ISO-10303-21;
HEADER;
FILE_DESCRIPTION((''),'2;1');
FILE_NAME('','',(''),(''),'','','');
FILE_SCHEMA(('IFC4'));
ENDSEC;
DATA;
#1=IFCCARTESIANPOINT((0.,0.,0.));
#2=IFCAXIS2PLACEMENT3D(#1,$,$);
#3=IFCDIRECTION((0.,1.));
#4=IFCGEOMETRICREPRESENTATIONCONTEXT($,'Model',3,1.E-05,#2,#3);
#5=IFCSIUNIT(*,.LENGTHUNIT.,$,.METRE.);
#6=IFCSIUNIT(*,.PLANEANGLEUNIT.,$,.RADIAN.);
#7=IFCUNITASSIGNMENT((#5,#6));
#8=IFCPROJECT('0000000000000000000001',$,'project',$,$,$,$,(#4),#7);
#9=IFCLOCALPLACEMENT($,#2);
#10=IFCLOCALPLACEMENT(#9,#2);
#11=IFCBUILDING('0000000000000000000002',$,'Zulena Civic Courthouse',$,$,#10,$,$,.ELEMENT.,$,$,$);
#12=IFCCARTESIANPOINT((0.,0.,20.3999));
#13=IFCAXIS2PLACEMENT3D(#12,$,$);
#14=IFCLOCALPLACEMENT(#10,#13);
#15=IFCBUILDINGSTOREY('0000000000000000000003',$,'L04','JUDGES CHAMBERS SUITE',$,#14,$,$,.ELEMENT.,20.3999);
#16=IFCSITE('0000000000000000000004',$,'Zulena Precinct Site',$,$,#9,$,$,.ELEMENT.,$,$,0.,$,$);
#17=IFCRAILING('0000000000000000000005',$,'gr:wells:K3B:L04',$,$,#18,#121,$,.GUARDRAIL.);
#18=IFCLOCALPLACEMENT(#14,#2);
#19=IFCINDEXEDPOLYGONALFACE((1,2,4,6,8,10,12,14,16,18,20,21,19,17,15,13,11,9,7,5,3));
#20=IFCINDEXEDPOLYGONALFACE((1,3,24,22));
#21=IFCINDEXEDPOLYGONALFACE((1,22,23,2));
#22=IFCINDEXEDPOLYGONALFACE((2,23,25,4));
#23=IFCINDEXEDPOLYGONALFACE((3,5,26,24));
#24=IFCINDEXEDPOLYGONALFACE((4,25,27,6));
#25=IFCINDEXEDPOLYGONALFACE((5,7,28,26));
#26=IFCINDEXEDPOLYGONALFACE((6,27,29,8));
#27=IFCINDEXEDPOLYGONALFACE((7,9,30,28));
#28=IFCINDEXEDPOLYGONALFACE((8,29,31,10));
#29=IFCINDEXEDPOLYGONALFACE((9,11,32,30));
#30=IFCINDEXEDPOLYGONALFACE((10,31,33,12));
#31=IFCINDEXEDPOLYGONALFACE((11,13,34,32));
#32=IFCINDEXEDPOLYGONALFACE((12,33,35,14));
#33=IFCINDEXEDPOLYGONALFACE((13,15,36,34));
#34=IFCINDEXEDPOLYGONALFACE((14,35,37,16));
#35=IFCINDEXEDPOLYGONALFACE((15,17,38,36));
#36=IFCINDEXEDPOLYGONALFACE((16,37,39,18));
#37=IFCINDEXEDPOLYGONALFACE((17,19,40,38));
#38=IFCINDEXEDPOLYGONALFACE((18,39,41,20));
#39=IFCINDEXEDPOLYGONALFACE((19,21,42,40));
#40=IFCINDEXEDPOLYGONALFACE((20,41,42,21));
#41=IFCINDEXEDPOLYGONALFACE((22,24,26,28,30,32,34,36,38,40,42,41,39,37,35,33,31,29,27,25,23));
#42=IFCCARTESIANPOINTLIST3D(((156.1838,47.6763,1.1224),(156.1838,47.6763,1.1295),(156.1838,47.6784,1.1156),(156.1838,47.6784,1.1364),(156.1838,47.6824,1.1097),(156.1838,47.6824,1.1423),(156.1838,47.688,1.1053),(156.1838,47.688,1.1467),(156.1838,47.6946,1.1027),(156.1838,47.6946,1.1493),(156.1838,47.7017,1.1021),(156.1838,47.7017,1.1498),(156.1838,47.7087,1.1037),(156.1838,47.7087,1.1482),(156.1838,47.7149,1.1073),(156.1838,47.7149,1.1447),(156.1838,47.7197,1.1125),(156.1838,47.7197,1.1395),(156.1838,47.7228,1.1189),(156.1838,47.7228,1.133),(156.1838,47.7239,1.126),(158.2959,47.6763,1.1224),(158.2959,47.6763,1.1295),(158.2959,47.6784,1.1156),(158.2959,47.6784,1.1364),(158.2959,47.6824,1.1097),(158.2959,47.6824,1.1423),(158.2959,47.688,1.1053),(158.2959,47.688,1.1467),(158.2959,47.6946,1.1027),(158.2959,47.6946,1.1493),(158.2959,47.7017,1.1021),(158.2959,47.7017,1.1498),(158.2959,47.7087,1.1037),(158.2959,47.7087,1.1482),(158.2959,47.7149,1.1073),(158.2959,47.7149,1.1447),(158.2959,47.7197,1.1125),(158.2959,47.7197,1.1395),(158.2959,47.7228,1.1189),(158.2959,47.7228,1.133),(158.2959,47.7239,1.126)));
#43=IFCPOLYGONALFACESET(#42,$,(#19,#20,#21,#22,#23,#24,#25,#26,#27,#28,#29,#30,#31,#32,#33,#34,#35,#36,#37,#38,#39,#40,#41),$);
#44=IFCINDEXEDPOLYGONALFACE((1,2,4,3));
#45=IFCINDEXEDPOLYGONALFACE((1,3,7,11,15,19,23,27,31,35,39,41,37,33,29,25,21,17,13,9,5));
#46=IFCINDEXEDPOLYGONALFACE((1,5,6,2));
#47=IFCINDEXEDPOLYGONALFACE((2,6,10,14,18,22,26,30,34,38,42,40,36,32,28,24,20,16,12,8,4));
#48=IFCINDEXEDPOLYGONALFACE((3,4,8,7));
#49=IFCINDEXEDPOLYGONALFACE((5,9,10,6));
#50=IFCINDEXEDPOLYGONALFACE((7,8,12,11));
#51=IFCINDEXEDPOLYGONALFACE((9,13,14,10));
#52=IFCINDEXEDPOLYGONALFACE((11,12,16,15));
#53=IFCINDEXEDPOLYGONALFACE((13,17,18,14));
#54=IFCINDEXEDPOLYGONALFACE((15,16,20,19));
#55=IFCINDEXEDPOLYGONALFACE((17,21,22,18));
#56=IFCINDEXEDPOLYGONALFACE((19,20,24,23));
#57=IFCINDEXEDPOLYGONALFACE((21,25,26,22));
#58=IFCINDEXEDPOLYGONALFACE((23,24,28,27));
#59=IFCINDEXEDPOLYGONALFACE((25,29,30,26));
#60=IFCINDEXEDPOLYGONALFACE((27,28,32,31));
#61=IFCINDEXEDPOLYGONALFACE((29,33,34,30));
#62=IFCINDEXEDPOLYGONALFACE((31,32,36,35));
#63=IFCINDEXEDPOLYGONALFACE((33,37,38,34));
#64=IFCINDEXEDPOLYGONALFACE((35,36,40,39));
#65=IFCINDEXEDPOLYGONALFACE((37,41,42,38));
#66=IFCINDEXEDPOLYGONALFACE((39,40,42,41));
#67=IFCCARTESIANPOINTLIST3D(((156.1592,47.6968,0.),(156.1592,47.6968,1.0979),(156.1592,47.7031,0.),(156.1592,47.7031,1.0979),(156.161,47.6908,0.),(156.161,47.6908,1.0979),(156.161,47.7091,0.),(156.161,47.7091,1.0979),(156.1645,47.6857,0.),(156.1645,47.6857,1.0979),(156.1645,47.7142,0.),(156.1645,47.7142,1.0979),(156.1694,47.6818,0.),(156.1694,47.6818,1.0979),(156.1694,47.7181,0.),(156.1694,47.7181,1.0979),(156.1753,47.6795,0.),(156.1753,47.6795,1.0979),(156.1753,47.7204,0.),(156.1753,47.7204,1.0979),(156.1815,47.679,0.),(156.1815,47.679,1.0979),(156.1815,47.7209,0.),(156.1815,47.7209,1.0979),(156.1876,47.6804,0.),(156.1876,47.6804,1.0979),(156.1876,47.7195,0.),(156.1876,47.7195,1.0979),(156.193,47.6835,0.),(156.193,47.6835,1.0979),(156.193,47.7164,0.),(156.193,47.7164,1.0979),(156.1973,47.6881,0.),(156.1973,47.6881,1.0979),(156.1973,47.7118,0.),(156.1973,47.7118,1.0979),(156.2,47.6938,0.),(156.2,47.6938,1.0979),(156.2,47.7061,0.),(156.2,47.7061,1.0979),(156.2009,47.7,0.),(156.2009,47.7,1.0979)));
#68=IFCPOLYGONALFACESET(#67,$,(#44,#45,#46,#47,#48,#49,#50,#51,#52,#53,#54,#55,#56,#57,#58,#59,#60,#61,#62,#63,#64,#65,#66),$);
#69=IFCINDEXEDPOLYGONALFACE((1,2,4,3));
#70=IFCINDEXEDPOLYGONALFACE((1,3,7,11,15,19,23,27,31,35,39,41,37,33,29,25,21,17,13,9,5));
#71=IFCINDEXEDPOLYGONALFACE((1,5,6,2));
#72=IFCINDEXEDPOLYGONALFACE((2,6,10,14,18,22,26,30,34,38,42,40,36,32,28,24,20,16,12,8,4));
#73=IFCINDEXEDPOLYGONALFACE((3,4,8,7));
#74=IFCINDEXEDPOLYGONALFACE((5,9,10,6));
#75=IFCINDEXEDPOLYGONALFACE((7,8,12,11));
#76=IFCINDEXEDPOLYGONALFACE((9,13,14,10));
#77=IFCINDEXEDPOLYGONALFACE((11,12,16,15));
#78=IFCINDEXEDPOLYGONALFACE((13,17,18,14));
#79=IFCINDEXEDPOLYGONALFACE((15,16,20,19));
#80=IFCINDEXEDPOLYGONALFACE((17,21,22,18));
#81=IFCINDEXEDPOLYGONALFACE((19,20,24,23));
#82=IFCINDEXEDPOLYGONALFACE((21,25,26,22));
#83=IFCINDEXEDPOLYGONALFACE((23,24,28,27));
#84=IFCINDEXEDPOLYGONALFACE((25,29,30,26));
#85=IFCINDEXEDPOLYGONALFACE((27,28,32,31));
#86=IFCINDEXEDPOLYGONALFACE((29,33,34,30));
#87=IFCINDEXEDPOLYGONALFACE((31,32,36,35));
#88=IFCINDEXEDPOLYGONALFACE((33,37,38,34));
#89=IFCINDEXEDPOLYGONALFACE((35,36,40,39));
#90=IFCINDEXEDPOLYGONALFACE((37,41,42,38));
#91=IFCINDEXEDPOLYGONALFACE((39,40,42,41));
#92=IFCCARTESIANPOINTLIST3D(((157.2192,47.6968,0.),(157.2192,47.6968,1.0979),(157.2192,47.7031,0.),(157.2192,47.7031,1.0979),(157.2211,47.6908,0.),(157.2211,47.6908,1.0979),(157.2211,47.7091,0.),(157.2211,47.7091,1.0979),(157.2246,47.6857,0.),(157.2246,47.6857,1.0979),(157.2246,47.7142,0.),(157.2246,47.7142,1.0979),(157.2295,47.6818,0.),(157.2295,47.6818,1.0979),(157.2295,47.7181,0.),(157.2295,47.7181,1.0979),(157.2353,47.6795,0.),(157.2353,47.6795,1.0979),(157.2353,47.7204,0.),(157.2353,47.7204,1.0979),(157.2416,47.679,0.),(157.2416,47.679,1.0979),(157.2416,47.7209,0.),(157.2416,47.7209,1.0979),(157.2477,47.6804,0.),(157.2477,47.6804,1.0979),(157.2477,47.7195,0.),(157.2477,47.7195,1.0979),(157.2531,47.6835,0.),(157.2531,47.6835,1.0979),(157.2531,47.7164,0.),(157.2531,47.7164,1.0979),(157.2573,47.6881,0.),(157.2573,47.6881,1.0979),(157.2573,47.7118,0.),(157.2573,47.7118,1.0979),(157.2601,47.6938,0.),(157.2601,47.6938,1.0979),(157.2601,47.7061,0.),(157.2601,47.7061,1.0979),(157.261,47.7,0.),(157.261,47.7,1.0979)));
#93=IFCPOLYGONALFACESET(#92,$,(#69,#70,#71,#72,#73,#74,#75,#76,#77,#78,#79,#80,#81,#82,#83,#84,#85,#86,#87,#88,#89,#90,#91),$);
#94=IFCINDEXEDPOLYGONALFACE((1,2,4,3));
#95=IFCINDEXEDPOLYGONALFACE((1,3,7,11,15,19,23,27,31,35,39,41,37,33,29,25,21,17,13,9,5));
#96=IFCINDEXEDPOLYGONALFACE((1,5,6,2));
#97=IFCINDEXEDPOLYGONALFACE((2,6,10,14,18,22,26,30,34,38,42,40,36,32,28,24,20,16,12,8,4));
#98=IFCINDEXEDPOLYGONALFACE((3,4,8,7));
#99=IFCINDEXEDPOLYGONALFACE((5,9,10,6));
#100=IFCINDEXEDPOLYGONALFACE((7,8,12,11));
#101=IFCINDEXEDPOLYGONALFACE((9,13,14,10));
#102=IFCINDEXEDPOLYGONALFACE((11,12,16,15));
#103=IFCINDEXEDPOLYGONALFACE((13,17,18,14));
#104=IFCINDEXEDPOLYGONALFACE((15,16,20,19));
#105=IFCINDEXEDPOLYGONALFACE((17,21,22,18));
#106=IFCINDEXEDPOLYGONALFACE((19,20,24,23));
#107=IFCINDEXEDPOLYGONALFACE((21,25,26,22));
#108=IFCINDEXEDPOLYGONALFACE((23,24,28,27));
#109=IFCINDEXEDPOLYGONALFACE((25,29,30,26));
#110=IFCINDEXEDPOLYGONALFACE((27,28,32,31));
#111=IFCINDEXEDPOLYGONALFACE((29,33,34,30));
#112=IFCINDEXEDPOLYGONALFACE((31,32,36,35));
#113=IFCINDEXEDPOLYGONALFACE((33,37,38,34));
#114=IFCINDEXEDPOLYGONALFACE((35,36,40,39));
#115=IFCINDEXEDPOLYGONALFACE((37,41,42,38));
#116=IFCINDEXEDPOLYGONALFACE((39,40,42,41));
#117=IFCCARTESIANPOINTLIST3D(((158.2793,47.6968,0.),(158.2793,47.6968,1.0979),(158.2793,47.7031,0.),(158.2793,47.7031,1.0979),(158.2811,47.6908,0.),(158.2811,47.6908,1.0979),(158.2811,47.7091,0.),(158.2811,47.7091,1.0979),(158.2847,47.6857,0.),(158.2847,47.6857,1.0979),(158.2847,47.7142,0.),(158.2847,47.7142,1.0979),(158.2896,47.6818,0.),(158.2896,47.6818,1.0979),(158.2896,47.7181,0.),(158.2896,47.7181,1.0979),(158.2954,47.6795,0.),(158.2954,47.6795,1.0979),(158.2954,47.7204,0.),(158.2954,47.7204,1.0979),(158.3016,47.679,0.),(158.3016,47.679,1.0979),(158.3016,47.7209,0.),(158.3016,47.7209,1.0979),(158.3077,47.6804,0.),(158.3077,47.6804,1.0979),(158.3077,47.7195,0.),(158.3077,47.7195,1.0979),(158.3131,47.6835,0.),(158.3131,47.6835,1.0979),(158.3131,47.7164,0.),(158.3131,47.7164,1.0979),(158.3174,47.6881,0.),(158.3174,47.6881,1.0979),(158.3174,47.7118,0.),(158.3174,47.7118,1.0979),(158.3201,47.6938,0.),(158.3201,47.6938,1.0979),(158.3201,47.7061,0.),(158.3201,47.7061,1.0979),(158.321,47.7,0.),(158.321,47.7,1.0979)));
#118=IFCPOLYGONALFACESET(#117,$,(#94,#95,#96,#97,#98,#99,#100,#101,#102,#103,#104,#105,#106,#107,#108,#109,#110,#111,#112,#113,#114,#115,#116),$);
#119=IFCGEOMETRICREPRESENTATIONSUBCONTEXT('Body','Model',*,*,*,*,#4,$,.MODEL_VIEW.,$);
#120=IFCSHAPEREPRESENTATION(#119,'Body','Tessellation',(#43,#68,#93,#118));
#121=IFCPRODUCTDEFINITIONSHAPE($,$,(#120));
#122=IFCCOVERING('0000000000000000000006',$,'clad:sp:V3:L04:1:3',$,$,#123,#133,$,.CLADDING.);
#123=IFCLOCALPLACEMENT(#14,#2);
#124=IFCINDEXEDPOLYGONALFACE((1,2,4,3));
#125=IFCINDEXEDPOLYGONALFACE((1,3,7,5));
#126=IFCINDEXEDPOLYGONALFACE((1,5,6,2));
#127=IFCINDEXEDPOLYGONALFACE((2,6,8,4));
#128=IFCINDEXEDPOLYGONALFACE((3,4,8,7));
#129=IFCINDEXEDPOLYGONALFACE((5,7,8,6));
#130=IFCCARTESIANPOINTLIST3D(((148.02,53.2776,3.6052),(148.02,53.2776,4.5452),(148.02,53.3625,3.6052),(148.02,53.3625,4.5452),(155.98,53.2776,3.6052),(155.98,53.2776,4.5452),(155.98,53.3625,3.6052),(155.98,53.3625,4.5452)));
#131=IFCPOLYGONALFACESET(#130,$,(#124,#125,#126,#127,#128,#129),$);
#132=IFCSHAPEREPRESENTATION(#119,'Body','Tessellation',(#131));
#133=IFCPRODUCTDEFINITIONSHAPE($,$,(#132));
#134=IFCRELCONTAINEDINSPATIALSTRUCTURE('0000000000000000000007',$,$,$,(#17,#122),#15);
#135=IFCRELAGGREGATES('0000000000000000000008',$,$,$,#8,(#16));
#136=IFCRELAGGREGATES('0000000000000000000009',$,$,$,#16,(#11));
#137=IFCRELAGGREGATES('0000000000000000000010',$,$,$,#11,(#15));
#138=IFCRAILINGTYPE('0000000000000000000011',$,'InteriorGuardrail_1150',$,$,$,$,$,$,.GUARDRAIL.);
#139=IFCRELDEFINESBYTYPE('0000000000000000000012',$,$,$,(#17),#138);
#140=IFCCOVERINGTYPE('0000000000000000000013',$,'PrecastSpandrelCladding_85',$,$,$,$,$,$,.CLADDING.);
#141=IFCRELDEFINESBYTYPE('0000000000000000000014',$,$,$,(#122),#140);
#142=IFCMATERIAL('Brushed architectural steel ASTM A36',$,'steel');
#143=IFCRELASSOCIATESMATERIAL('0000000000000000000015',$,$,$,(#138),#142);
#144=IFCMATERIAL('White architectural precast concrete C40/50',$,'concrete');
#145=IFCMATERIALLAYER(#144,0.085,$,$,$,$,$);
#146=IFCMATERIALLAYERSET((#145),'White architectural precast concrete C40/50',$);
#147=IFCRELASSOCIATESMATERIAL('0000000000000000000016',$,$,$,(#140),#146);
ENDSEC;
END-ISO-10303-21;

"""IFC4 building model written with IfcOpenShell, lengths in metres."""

from ifc_helpers import new_model, si_unit, direction, frame, origin, origin_2d, place, context, subcontext, project, spatial, rectangle, circle, extrude, material, layer, layer_set, type_object, element, save


model = new_model("IFC4")

# Units and contexts
model_context = context("Model", 3, precision=1e-05, world=origin(), true_north=direction((0.0, 1.0)))
body_context = subcontext(model_context, "Body", "Model", "MODEL_VIEW")
ifc_project = project(units=[si_unit("LENGTHUNIT", "METRE"), si_unit("PLANEANGLEUNIT", "RADIAN")], contexts=[model_context])

# Site, building, storey
site_placement = place(None, origin())
site = spatial("IfcSite", under=ifc_project, at=site_placement, Name="Zulena Precinct Site", CompositionType="ELEMENT", RefElevation=0.0)
building_placement = place(site_placement, origin())
building = spatial("IfcBuilding", under=site, at=building_placement, Name="Zulena Civic Courthouse", CompositionType="ELEMENT")
storey_placement = place(building_placement, frame((0.0, 0.0, 20.3999)))
storey = spatial("IfcBuildingStorey", under=building, at=storey_placement, Name="L04", Description="JUDGES CHAMBERS SUITE", CompositionType="ELEMENT", Elevation=20.3999)

# Railing
ifc_material_1 = material(Name="Brushed architectural steel ASTM A36", Category="steel")
railing_type = type_object("IfcRailingType", Name="InteriorGuardrail_1150", PredefinedType="GUARDRAIL", material=ifc_material_1)
railing_1_placement = place(storey_placement, frame((156.1799, 47.7, 0.0)))
element("IfcRailing", 1, at=railing_1_placement, inside=storey, type_object=railing_type, Name="gr:wells:K3B:L04", PredefinedType="GUARDRAIL", context=body_context, shape_type="SweptSolid", body=[
    extrude(circle(Radius=0.0239, at=origin_2d()), frame((0.0039, 0.0, 1.126), z_axis=(1.0, 0.0, 0.0), x_axis=(0.0, 1.0, 0.0)), (0.0, 0.0, 1.0), 2.1121),
    extrude(circle(Radius=0.021, at=origin_2d()), origin(), (0.0, 0.0, 1.0), 1.0979),
    extrude(circle(Radius=0.021, at=origin_2d()), frame((1.0601, 0.0, 0.0)), (0.0, 0.0, 1.0), 1.0979),
    extrude(circle(Radius=0.021, at=origin_2d()), frame((2.1201, 0.0, 0.0)), (0.0, 0.0, 1.0), 1.0979),
])

# Covering
ifc_material_2 = material(Name="White architectural precast concrete C40/50", Category="concrete")
ifc_layer_1 = layer(ifc_material_2, 0.085)
ifc_layer_set_1 = layer_set([ifc_layer_1], Name="White architectural precast concrete C40/50")
covering_type = type_object("IfcCoveringType", Name="PrecastSpandrelCladding_85", PredefinedType="CLADDING", material=ifc_layer_set_1)
covering_placement = place(storey_placement, frame((152.0, 53.3201, 3.6052), z_axis=(0.0, 0.0, 1.0), x_axis=(1.0, 0.0, 0.0)))
element("IfcCovering", 2, at=covering_placement, inside=storey, type_object=covering_type, Name="clad:sp:V3:L04:1:3", PredefinedType="CLADDING", context=body_context, shape_type="SweptSolid", body=[
    extrude(rectangle(XDim=7.96, YDim=0.085, at=origin_2d()), origin(), (0.0, 0.0, 1.0), 0.9399),
])

save(model, "model.ifc")
